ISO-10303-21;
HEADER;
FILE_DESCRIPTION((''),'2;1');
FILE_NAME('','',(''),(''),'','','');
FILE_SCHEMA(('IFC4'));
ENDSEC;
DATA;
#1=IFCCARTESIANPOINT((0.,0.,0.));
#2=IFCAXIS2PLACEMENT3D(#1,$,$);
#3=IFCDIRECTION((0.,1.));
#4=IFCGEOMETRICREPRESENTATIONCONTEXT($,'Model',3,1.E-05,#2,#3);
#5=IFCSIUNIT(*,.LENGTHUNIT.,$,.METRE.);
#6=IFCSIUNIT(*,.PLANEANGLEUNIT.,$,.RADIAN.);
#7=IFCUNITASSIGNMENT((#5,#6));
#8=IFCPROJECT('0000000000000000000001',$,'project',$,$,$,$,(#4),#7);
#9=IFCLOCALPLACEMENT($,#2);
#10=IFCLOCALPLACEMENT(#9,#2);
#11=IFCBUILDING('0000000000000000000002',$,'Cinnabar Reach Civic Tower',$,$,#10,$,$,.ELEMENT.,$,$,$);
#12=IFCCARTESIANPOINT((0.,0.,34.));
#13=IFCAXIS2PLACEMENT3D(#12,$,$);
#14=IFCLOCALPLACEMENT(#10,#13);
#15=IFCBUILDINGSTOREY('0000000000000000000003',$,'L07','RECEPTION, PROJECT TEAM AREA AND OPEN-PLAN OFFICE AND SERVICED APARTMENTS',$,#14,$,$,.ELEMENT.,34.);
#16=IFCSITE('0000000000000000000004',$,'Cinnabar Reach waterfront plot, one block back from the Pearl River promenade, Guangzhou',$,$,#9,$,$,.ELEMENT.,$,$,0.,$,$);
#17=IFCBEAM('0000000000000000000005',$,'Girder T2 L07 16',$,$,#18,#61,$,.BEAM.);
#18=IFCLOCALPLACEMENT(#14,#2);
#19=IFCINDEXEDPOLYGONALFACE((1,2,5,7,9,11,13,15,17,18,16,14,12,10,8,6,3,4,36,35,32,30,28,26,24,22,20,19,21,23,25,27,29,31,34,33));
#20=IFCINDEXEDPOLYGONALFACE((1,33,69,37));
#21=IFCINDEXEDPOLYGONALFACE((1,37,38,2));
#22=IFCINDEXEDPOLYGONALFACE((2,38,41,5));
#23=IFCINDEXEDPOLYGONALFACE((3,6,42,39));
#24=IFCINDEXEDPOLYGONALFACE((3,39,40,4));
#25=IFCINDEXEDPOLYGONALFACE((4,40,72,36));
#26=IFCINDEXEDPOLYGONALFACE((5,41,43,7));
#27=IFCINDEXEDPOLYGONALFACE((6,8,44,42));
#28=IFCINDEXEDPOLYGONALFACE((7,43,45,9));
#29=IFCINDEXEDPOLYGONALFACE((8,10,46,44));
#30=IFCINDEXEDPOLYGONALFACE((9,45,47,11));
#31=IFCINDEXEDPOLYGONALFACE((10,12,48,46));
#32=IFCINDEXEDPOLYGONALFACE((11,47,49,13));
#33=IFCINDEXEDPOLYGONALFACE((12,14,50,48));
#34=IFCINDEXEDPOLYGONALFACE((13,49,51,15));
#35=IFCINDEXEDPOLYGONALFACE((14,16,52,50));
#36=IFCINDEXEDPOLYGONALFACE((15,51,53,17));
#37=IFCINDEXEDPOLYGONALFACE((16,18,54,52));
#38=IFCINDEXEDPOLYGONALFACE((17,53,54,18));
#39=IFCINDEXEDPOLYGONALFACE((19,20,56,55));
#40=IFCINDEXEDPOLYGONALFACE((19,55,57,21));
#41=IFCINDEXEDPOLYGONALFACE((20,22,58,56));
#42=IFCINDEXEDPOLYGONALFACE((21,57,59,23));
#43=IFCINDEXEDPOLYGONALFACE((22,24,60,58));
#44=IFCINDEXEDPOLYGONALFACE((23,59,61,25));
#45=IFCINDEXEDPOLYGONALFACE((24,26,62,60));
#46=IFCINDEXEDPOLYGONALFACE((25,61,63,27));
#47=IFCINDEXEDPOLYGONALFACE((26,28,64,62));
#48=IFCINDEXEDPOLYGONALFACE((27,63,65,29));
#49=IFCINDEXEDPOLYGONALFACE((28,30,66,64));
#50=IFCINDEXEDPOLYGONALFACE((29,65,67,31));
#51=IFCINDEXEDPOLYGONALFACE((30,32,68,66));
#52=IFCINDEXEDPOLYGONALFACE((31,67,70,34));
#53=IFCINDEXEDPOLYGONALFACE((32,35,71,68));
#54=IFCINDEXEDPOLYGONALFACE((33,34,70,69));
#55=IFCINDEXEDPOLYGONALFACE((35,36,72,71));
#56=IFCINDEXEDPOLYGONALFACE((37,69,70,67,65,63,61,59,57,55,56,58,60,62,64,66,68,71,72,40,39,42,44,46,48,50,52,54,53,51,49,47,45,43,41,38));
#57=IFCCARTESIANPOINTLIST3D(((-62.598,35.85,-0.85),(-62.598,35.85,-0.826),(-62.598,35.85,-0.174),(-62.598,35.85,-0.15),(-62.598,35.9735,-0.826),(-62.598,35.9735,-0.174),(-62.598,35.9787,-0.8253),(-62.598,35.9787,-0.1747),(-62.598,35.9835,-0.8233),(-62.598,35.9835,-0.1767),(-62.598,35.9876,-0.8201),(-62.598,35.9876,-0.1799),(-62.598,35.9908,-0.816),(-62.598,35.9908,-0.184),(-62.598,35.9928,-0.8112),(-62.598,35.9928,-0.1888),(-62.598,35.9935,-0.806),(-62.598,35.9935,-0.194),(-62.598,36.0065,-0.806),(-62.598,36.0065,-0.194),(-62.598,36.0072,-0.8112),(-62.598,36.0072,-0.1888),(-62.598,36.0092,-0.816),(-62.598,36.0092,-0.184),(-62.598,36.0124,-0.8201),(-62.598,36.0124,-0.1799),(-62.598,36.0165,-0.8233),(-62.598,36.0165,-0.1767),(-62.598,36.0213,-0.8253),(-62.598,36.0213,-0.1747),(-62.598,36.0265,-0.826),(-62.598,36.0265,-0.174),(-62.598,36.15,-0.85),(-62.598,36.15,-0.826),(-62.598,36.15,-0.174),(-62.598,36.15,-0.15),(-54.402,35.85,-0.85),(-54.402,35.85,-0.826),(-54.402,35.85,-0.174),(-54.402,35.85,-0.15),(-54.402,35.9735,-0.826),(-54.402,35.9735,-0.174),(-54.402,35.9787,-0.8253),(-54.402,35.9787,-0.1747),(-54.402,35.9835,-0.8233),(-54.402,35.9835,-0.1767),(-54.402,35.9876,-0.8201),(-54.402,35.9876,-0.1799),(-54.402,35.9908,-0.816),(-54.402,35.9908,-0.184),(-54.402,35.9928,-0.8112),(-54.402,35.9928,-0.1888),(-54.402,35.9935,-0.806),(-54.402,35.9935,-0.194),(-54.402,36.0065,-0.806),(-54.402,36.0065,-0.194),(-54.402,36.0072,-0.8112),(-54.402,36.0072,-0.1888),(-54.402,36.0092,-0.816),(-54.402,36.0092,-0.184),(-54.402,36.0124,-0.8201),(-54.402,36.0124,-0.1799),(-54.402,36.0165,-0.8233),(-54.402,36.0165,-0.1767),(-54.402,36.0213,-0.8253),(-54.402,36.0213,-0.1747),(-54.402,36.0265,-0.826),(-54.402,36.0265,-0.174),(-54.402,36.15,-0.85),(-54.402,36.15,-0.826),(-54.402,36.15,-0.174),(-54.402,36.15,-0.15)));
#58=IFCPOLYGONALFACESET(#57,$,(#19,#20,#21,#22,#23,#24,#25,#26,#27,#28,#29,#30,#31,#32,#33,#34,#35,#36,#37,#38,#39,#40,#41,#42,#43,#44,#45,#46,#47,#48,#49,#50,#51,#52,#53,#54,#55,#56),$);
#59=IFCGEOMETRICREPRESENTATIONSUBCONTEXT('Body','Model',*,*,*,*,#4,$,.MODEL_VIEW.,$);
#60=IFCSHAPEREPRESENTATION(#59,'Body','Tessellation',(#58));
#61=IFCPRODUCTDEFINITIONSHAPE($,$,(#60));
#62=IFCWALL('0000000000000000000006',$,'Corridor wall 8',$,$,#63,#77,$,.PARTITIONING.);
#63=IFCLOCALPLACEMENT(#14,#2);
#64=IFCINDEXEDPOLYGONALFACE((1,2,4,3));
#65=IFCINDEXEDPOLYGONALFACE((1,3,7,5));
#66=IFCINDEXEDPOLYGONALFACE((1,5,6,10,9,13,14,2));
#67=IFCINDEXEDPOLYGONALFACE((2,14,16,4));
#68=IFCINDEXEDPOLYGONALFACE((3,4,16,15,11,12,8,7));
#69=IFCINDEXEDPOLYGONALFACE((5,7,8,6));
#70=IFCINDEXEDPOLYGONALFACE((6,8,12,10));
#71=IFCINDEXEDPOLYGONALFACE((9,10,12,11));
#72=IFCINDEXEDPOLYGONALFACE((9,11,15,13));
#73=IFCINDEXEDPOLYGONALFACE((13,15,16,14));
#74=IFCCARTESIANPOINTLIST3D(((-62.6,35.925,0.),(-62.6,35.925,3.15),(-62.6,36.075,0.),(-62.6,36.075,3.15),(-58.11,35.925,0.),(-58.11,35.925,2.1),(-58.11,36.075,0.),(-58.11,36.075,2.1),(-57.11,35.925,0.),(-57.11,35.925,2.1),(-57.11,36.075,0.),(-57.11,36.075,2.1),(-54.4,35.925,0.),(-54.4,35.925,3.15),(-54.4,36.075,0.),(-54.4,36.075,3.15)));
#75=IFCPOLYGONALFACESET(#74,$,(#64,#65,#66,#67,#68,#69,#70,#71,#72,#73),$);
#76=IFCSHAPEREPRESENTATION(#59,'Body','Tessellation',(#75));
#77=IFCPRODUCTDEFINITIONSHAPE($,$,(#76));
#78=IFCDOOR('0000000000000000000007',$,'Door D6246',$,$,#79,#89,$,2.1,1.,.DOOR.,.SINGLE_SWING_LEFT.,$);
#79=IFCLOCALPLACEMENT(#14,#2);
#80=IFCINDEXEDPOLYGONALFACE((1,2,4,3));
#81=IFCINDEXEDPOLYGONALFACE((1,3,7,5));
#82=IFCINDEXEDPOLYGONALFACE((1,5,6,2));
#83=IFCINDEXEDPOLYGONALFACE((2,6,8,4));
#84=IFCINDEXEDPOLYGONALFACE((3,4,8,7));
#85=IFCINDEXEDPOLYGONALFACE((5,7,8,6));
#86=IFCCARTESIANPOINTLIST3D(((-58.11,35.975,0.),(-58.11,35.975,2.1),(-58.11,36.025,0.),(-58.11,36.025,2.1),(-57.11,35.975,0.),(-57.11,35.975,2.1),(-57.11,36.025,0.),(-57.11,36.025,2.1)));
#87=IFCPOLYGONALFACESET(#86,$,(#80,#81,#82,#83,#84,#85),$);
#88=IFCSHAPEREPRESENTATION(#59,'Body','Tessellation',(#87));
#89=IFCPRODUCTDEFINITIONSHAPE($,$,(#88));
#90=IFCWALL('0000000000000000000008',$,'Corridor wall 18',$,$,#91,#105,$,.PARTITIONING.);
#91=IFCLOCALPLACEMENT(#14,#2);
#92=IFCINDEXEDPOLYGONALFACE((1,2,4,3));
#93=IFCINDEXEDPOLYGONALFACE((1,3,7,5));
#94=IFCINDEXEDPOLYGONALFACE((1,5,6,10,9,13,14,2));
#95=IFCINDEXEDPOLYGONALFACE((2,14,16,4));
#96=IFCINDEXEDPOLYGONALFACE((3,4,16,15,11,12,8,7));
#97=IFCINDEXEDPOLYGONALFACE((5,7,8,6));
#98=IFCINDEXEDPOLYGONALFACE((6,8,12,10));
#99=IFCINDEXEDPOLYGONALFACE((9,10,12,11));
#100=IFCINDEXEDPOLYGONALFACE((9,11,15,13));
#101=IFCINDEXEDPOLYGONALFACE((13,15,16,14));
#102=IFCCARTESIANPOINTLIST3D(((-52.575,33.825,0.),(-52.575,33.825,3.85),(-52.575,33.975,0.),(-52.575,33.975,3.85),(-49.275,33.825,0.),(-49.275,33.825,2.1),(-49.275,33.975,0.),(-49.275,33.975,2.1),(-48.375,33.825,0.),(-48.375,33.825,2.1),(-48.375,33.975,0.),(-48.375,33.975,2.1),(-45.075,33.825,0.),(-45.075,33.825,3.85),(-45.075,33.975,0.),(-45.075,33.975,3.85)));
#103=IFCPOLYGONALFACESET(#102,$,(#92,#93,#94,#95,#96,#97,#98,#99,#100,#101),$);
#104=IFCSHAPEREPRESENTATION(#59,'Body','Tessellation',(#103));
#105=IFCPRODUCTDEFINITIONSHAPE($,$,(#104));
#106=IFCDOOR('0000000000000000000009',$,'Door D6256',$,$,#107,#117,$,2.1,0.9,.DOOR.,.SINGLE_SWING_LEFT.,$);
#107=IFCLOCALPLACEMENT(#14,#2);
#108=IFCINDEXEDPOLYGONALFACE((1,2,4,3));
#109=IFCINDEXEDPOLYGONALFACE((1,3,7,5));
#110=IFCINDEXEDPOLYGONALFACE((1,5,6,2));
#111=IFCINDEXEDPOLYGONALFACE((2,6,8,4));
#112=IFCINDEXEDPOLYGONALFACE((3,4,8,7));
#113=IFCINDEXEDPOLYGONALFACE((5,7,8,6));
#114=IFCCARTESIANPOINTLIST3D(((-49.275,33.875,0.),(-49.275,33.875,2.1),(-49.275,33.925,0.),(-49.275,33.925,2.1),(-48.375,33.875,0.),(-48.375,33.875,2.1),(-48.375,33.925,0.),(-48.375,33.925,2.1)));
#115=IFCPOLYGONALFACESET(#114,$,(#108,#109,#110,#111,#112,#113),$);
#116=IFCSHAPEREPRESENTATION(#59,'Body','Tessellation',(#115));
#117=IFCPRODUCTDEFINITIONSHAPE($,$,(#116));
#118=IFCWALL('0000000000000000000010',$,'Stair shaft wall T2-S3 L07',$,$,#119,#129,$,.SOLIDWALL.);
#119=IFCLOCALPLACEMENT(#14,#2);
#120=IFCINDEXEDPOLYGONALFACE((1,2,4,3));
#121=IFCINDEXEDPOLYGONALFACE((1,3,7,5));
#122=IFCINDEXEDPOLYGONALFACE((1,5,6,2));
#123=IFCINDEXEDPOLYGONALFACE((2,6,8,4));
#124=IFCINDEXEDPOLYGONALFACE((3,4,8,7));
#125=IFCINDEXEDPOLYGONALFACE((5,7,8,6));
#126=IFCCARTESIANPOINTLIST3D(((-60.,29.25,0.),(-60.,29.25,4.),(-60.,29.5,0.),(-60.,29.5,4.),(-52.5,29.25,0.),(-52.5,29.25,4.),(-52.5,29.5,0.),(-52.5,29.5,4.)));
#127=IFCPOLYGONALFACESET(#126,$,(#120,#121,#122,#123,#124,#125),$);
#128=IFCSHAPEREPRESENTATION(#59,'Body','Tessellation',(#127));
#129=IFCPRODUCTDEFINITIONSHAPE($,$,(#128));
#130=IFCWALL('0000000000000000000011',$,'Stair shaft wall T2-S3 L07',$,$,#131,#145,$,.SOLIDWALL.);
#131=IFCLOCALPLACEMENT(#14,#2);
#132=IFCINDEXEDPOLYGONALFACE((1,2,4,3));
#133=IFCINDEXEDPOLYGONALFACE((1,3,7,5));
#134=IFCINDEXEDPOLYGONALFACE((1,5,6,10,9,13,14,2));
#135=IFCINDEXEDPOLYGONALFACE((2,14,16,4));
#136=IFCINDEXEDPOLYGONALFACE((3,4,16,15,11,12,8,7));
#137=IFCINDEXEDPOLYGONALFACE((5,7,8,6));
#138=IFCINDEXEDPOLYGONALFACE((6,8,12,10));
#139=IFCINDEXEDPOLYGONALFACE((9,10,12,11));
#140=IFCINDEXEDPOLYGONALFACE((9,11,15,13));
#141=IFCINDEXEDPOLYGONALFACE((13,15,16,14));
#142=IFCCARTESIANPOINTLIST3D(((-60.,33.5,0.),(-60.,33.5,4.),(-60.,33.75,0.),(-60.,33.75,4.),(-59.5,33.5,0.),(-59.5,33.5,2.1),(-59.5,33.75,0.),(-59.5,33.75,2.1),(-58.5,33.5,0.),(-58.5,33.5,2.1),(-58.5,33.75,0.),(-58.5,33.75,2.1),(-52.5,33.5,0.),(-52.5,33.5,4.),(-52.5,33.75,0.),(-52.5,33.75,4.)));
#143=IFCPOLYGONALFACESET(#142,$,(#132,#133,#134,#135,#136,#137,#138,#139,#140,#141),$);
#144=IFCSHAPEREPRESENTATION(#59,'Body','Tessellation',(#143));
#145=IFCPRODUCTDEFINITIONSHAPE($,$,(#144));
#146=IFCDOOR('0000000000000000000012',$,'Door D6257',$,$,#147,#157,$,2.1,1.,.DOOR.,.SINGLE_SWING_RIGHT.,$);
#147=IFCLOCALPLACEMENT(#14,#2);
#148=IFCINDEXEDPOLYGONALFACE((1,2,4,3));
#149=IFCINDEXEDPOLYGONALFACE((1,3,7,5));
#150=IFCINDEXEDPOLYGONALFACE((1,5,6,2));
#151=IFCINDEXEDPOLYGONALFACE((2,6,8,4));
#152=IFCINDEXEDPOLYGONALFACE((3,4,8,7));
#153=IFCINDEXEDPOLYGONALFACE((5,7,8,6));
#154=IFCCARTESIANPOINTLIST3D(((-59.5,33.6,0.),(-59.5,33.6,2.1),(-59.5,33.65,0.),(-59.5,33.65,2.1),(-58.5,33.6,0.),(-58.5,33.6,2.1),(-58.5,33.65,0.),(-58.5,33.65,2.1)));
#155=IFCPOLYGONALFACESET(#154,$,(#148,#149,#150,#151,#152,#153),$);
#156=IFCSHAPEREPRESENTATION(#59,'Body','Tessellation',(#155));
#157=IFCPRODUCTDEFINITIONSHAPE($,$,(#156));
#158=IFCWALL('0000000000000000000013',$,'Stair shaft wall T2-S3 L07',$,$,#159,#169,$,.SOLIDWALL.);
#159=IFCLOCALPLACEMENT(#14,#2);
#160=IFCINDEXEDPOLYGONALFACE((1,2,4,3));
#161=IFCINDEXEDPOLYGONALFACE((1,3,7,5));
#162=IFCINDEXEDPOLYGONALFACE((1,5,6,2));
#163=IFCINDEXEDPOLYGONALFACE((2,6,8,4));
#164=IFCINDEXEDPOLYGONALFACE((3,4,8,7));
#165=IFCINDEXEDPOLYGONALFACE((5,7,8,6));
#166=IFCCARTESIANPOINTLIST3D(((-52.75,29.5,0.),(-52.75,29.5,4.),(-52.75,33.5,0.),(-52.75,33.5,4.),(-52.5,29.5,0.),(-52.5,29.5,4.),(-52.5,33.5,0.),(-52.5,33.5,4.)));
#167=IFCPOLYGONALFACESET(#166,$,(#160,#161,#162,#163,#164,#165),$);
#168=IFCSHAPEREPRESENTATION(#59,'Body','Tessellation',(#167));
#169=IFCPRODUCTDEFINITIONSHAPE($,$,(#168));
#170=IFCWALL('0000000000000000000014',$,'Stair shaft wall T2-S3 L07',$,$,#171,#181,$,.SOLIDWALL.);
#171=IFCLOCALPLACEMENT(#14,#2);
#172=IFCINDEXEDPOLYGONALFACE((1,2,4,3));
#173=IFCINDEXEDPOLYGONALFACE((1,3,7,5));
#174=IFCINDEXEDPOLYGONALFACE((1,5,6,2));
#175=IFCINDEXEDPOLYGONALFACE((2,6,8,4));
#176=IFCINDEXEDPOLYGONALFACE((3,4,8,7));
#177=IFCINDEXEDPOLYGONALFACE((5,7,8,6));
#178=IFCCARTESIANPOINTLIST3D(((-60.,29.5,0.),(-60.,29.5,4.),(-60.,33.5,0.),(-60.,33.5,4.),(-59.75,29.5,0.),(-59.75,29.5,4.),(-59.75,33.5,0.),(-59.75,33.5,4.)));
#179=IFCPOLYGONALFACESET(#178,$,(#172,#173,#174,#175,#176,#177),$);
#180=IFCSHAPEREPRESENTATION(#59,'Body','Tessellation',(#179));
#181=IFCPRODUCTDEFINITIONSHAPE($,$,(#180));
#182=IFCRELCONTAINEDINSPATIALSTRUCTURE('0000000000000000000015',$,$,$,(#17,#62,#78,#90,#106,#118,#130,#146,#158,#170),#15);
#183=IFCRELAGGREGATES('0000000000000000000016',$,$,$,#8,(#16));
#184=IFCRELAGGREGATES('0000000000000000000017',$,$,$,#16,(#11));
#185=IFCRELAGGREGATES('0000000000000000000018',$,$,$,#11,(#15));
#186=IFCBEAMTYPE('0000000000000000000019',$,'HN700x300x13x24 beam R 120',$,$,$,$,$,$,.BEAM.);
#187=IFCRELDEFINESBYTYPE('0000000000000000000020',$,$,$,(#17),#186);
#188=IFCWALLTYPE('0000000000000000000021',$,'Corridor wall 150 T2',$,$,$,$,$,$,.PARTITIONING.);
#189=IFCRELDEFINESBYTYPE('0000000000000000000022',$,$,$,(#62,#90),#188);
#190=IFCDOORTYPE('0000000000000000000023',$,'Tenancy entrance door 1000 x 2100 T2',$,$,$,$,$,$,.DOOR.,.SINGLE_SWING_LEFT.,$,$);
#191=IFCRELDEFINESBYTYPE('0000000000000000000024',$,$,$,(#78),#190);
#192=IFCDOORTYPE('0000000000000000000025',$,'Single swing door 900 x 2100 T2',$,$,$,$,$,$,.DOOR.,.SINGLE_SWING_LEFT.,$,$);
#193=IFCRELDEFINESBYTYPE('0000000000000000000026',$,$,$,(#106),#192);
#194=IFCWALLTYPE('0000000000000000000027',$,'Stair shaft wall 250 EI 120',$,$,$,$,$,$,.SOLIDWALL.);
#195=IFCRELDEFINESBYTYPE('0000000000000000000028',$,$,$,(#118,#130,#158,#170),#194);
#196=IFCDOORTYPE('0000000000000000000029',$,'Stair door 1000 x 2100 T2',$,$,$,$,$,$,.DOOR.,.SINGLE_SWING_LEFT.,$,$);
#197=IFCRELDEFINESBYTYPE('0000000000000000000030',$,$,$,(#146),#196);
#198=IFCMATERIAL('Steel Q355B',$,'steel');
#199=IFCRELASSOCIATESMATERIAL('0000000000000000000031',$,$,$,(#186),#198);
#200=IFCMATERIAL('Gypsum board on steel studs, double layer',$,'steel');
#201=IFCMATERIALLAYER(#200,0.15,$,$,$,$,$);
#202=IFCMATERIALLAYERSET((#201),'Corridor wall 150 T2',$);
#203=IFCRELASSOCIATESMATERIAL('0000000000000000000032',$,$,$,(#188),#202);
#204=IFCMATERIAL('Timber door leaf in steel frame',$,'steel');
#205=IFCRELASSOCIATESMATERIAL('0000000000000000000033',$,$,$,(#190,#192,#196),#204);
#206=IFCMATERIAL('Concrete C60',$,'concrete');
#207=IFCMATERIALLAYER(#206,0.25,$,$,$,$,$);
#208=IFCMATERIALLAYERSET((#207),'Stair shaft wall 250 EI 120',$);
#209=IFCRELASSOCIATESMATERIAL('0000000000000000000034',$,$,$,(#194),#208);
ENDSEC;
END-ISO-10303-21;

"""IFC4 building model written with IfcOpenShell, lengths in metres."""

from ifc_helpers import new_model, si_unit, direction, frame, frame_2d, origin, origin_2d, place, context, subcontext, project, spatial, rectangle, i_section, extrude, material, layer, layer_set, material_profile, profile_set, type_object, element, fill, save


model = new_model("IFC4")

# Units and contexts
model_context = context("Model", 3, precision=1e-05, world=origin(), true_north=direction((0.0, 1.0)))
body_context = subcontext(model_context, "Body", "Model", "MODEL_VIEW")
ifc_project = project(units=[si_unit("LENGTHUNIT", "METRE"), si_unit("PLANEANGLEUNIT", "RADIAN")], contexts=[model_context])

# Site, building, storey
site_placement = place(None, origin())
site = spatial("IfcSite", under=ifc_project, at=site_placement, Name="Cinnabar Reach waterfront plot, one block back from the Pearl River promenade, Guangzhou", CompositionType="ELEMENT", RefElevation=0.0)
building_placement = place(site_placement, origin())
building = spatial("IfcBuilding", under=site, at=building_placement, Name="Cinnabar Reach Civic Tower", CompositionType="ELEMENT")
storey_placement = place(building_placement, frame((0.0, 0.0, 34.0)))
storey = spatial("IfcBuildingStorey", under=building, at=storey_placement, Name="L07", Description="RECEPTION, PROJECT TEAM AREA AND OPEN-PLAN OFFICE AND SERVICED APARTMENTS", CompositionType="ELEMENT", Elevation=34.0)

# Beam
ifc_material_1 = material(Name="Steel Q355B", Category="steel")
ifc_material_profile_1 = material_profile(ifc_material_1, i_section(OverallWidth=0.3, OverallDepth=0.7, WebThickness=0.013, FlangeThickness=0.024, FilletRadius=0.02, at=origin_2d()), Name="HN700x300x13x24")
ifc_profile_set_1 = profile_set([ifc_material_profile_1], Name="Steel Q355B")
beam_type_1 = type_object("IfcBeamType", Name="HN700x300x13x24 beam R 120", PredefinedType="BEAM", material=ifc_profile_set_1)
beam_1_placement = place(storey_placement, frame((-62.598, 36.0, -0.5), z_axis=(1.0, 0.0, 0.0), x_axis=(0.0, 1.0, 0.0)))
element("IfcBeam", 1, at=beam_1_placement, inside=storey, type_object=beam_type_1, Name="Girder T2 L07 16", PredefinedType="BEAM", context=body_context, shape_type="SweptSolid", body=[
    extrude(i_section(OverallWidth=0.3, OverallDepth=0.7, WebThickness=0.013, FlangeThickness=0.024, FilletRadius=0.02, at=origin_2d()), origin(), (0.0, 0.0, 1.0), 8.196),
])

# Walls, openings, doors
ifc_material_2 = material(Name="Gypsum board on steel studs, double layer", Category="steel")
ifc_layer_1 = layer(ifc_material_2, 0.15)
ifc_layer_set_1 = layer_set([ifc_layer_1], Name="Corridor wall 150 T2")
wall_type_1 = type_object("IfcWallType", Name="Corridor wall 150 T2", PredefinedType="PARTITIONING", material=ifc_layer_set_1)
wall_1_placement = place(storey_placement, frame((-62.6, 36.0, 0.0), z_axis=(0.0, 0.0, 1.0), x_axis=(1.0, 0.0, 0.0)))
wall_1 = element("IfcWall", 2, at=wall_1_placement, inside=storey, type_object=wall_type_1, Name="Corridor wall 8", PredefinedType="PARTITIONING", context=body_context, shape_type="SweptSolid", body=[
    extrude(rectangle(XDim=8.2, YDim=0.15, at=frame_2d((4.1, 0.0))), origin(), (0.0, 0.0, 1.0), 3.15),
])
opening_1_placement = place(wall_1_placement, frame((4.49, 0.0, 0.0)))
opening_1 = element("IfcOpeningElement", 3, at=opening_1_placement, cuts=wall_1, PredefinedType="OPENING", context=body_context, shape_type="SweptSolid", body=[
    extrude(rectangle(XDim=1.0, YDim=2.1, at=frame_2d((0.5, 1.05))), frame((0.0, 0.085, 0.0), z_axis=(0.0, -1.0, 0.0), x_axis=(1.0, 0.0, 0.0)), (0.0, 0.0, 1.0), 0.17),
])
ifc_material_3 = material(Name="Timber door leaf in steel frame", Category="steel")
door_type_1 = type_object("IfcDoorType", Name="Tenancy entrance door 1000 x 2100 T2", OperationType="SINGLE_SWING_LEFT", PredefinedType="DOOR", material=ifc_material_3)
door_1_placement = place(opening_1_placement, origin())
door_1 = element("IfcDoor", 4, at=door_1_placement, inside=storey, type_object=door_type_1, Name="Door D6246", OperationType="SINGLE_SWING_LEFT", OverallHeight=2.1, OverallWidth=1.0, PredefinedType="DOOR", context=body_context, shape_type="SweptSolid", body=[
    extrude(rectangle(XDim=1.0, YDim=2.1, at=frame_2d((0.5, 1.05))), frame((0.0, 0.025, 0.0), z_axis=(0.0, -1.0, 0.0), x_axis=(1.0, 0.0, 0.0)), (0.0, 0.0, 1.0), 0.05),
])
fill(opening_1, door_1)
wall_2_placement = place(storey_placement, frame((-52.575, 33.9, 0.0), z_axis=(0.0, 0.0, 1.0), x_axis=(1.0, 0.0, 0.0)))
wall_2 = element("IfcWall", 5, at=wall_2_placement, inside=storey, type_object=wall_type_1, Name="Corridor wall 18", PredefinedType="PARTITIONING", context=body_context, shape_type="SweptSolid", body=[
    extrude(rectangle(XDim=7.5, YDim=0.15, at=frame_2d((3.75, 0.0))), origin(), (0.0, 0.0, 1.0), 3.85),
])
opening_2_placement = place(wall_2_placement, frame((3.3, 0.0, 0.0)))
opening_2 = element("IfcOpeningElement", 6, at=opening_2_placement, cuts=wall_2, PredefinedType="OPENING", context=body_context, shape_type="SweptSolid", body=[
    extrude(rectangle(XDim=0.9, YDim=2.1, at=frame_2d((0.45, 1.05))), frame((0.0, 0.085, 0.0), z_axis=(0.0, -1.0, 0.0), x_axis=(1.0, 0.0, 0.0)), (0.0, 0.0, 1.0), 0.17),
])
door_type_2 = type_object("IfcDoorType", Name="Single swing door 900 x 2100 T2", OperationType="SINGLE_SWING_LEFT", PredefinedType="DOOR", material=ifc_material_3)
door_2_placement = place(opening_2_placement, frame((0.9, 0.0, 0.0), z_axis=(0.0, 0.0, 1.0), x_axis=(-1.0, 0.0, 0.0)))
door_2 = element("IfcDoor", 7, at=door_2_placement, inside=storey, type_object=door_type_2, Name="Door D6256", OperationType="SINGLE_SWING_LEFT", OverallHeight=2.1, OverallWidth=0.9, PredefinedType="DOOR", context=body_context, shape_type="SweptSolid", body=[
    extrude(rectangle(XDim=0.9, YDim=2.1, at=frame_2d((0.45, 1.05))), frame((0.0, 0.025, 0.0), z_axis=(0.0, -1.0, 0.0), x_axis=(1.0, 0.0, 0.0)), (0.0, 0.0, 1.0), 0.05),
])
fill(opening_2, door_2)

# Wall
ifc_material_4 = material(Name="Concrete C60", Category="concrete")
ifc_layer_2 = layer(ifc_material_4, 0.25)
ifc_layer_set_2 = layer_set([ifc_layer_2], Name="Stair shaft wall 250 EI 120")
wall_type_2 = type_object("IfcWallType", Name="Stair shaft wall 250 EI 120", PredefinedType="SOLIDWALL", material=ifc_layer_set_2)
wall_3_placement = place(storey_placement, frame((-60.0, 29.375, 0.0), z_axis=(0.0, 0.0, 1.0), x_axis=(1.0, 0.0, 0.0)))
element("IfcWall", 8, at=wall_3_placement, inside=storey, type_object=wall_type_2, Name="Stair shaft wall T2-S3 L07", PredefinedType="SOLIDWALL", context=body_context, shape_type="SweptSolid", body=[
    extrude(rectangle(XDim=7.5, YDim=0.25, at=frame_2d((3.75, 0.0))), origin(), (0.0, 0.0, 1.0), 4.0),
])

# Wall, opening, door
wall_4_placement = place(storey_placement, frame((-52.5, 33.625, 0.0), z_axis=(0.0, 0.0, 1.0), x_axis=(-1.0, 0.0, 0.0)))
wall_4 = element("IfcWall", 9, at=wall_4_placement, inside=storey, type_object=wall_type_2, Name="Stair shaft wall T2-S3 L07", PredefinedType="SOLIDWALL", context=body_context, shape_type="SweptSolid", body=[
    extrude(rectangle(XDim=7.5, YDim=0.25, at=frame_2d((3.75, 0.0))), origin(), (0.0, 0.0, 1.0), 4.0),
])
opening_3_placement = place(wall_4_placement, frame((6.0, 0.0, 0.0)))
opening_3 = element("IfcOpeningElement", 10, at=opening_3_placement, cuts=wall_4, PredefinedType="OPENING", context=body_context, shape_type="SweptSolid", body=[
    extrude(rectangle(XDim=1.0, YDim=2.1, at=frame_2d((0.5, 1.05))), frame((0.0, 0.135, 0.0), z_axis=(0.0, -1.0, 0.0), x_axis=(1.0, 0.0, 0.0)), (0.0, 0.0, 1.0), 0.27),
])
door_type_3 = type_object("IfcDoorType", Name="Stair door 1000 x 2100 T2", OperationType="SINGLE_SWING_LEFT", PredefinedType="DOOR", material=ifc_material_3)
door_3_placement = place(opening_3_placement, origin())
door_3 = element("IfcDoor", 11, at=door_3_placement, inside=storey, type_object=door_type_3, Name="Door D6257", OperationType="SINGLE_SWING_RIGHT", OverallHeight=2.1, OverallWidth=1.0, PredefinedType="DOOR", context=body_context, shape_type="SweptSolid", body=[
    extrude(rectangle(XDim=1.0, YDim=2.1, at=frame_2d((0.5, 1.05))), frame((0.0, 0.025, 0.0), z_axis=(0.0, -1.0, 0.0), x_axis=(1.0, 0.0, 0.0)), (0.0, 0.0, 1.0), 0.05),
])
fill(opening_3, door_3)

# Walls
for number, where, z_axis, x_axis, name in (
    (12, (-52.625, 29.5, 0.0), (0.0, 0.0, 1.0), (0.0, 1.0, 0.0), "Stair shaft wall T2-S3 L07"),
    (13, (-59.875, 33.5, 0.0), (0.0, 0.0, 1.0), (0.0, -1.0, 0.0), "Stair shaft wall T2-S3 L07"),
):
    element("IfcWall", number, at=place(storey_placement, frame(where, z_axis=z_axis, x_axis=x_axis)), inside=storey, type_object=wall_type_2, Name=name, PredefinedType="SOLIDWALL", context=body_context, shape_type="SweptSolid", body=[
        extrude(rectangle(XDim=4.0, YDim=0.25, at=frame_2d((2.0, 0.0))), origin(), (0.0, 0.0, 1.0), 4.0),
    ])

save(model, "model.ifc")
